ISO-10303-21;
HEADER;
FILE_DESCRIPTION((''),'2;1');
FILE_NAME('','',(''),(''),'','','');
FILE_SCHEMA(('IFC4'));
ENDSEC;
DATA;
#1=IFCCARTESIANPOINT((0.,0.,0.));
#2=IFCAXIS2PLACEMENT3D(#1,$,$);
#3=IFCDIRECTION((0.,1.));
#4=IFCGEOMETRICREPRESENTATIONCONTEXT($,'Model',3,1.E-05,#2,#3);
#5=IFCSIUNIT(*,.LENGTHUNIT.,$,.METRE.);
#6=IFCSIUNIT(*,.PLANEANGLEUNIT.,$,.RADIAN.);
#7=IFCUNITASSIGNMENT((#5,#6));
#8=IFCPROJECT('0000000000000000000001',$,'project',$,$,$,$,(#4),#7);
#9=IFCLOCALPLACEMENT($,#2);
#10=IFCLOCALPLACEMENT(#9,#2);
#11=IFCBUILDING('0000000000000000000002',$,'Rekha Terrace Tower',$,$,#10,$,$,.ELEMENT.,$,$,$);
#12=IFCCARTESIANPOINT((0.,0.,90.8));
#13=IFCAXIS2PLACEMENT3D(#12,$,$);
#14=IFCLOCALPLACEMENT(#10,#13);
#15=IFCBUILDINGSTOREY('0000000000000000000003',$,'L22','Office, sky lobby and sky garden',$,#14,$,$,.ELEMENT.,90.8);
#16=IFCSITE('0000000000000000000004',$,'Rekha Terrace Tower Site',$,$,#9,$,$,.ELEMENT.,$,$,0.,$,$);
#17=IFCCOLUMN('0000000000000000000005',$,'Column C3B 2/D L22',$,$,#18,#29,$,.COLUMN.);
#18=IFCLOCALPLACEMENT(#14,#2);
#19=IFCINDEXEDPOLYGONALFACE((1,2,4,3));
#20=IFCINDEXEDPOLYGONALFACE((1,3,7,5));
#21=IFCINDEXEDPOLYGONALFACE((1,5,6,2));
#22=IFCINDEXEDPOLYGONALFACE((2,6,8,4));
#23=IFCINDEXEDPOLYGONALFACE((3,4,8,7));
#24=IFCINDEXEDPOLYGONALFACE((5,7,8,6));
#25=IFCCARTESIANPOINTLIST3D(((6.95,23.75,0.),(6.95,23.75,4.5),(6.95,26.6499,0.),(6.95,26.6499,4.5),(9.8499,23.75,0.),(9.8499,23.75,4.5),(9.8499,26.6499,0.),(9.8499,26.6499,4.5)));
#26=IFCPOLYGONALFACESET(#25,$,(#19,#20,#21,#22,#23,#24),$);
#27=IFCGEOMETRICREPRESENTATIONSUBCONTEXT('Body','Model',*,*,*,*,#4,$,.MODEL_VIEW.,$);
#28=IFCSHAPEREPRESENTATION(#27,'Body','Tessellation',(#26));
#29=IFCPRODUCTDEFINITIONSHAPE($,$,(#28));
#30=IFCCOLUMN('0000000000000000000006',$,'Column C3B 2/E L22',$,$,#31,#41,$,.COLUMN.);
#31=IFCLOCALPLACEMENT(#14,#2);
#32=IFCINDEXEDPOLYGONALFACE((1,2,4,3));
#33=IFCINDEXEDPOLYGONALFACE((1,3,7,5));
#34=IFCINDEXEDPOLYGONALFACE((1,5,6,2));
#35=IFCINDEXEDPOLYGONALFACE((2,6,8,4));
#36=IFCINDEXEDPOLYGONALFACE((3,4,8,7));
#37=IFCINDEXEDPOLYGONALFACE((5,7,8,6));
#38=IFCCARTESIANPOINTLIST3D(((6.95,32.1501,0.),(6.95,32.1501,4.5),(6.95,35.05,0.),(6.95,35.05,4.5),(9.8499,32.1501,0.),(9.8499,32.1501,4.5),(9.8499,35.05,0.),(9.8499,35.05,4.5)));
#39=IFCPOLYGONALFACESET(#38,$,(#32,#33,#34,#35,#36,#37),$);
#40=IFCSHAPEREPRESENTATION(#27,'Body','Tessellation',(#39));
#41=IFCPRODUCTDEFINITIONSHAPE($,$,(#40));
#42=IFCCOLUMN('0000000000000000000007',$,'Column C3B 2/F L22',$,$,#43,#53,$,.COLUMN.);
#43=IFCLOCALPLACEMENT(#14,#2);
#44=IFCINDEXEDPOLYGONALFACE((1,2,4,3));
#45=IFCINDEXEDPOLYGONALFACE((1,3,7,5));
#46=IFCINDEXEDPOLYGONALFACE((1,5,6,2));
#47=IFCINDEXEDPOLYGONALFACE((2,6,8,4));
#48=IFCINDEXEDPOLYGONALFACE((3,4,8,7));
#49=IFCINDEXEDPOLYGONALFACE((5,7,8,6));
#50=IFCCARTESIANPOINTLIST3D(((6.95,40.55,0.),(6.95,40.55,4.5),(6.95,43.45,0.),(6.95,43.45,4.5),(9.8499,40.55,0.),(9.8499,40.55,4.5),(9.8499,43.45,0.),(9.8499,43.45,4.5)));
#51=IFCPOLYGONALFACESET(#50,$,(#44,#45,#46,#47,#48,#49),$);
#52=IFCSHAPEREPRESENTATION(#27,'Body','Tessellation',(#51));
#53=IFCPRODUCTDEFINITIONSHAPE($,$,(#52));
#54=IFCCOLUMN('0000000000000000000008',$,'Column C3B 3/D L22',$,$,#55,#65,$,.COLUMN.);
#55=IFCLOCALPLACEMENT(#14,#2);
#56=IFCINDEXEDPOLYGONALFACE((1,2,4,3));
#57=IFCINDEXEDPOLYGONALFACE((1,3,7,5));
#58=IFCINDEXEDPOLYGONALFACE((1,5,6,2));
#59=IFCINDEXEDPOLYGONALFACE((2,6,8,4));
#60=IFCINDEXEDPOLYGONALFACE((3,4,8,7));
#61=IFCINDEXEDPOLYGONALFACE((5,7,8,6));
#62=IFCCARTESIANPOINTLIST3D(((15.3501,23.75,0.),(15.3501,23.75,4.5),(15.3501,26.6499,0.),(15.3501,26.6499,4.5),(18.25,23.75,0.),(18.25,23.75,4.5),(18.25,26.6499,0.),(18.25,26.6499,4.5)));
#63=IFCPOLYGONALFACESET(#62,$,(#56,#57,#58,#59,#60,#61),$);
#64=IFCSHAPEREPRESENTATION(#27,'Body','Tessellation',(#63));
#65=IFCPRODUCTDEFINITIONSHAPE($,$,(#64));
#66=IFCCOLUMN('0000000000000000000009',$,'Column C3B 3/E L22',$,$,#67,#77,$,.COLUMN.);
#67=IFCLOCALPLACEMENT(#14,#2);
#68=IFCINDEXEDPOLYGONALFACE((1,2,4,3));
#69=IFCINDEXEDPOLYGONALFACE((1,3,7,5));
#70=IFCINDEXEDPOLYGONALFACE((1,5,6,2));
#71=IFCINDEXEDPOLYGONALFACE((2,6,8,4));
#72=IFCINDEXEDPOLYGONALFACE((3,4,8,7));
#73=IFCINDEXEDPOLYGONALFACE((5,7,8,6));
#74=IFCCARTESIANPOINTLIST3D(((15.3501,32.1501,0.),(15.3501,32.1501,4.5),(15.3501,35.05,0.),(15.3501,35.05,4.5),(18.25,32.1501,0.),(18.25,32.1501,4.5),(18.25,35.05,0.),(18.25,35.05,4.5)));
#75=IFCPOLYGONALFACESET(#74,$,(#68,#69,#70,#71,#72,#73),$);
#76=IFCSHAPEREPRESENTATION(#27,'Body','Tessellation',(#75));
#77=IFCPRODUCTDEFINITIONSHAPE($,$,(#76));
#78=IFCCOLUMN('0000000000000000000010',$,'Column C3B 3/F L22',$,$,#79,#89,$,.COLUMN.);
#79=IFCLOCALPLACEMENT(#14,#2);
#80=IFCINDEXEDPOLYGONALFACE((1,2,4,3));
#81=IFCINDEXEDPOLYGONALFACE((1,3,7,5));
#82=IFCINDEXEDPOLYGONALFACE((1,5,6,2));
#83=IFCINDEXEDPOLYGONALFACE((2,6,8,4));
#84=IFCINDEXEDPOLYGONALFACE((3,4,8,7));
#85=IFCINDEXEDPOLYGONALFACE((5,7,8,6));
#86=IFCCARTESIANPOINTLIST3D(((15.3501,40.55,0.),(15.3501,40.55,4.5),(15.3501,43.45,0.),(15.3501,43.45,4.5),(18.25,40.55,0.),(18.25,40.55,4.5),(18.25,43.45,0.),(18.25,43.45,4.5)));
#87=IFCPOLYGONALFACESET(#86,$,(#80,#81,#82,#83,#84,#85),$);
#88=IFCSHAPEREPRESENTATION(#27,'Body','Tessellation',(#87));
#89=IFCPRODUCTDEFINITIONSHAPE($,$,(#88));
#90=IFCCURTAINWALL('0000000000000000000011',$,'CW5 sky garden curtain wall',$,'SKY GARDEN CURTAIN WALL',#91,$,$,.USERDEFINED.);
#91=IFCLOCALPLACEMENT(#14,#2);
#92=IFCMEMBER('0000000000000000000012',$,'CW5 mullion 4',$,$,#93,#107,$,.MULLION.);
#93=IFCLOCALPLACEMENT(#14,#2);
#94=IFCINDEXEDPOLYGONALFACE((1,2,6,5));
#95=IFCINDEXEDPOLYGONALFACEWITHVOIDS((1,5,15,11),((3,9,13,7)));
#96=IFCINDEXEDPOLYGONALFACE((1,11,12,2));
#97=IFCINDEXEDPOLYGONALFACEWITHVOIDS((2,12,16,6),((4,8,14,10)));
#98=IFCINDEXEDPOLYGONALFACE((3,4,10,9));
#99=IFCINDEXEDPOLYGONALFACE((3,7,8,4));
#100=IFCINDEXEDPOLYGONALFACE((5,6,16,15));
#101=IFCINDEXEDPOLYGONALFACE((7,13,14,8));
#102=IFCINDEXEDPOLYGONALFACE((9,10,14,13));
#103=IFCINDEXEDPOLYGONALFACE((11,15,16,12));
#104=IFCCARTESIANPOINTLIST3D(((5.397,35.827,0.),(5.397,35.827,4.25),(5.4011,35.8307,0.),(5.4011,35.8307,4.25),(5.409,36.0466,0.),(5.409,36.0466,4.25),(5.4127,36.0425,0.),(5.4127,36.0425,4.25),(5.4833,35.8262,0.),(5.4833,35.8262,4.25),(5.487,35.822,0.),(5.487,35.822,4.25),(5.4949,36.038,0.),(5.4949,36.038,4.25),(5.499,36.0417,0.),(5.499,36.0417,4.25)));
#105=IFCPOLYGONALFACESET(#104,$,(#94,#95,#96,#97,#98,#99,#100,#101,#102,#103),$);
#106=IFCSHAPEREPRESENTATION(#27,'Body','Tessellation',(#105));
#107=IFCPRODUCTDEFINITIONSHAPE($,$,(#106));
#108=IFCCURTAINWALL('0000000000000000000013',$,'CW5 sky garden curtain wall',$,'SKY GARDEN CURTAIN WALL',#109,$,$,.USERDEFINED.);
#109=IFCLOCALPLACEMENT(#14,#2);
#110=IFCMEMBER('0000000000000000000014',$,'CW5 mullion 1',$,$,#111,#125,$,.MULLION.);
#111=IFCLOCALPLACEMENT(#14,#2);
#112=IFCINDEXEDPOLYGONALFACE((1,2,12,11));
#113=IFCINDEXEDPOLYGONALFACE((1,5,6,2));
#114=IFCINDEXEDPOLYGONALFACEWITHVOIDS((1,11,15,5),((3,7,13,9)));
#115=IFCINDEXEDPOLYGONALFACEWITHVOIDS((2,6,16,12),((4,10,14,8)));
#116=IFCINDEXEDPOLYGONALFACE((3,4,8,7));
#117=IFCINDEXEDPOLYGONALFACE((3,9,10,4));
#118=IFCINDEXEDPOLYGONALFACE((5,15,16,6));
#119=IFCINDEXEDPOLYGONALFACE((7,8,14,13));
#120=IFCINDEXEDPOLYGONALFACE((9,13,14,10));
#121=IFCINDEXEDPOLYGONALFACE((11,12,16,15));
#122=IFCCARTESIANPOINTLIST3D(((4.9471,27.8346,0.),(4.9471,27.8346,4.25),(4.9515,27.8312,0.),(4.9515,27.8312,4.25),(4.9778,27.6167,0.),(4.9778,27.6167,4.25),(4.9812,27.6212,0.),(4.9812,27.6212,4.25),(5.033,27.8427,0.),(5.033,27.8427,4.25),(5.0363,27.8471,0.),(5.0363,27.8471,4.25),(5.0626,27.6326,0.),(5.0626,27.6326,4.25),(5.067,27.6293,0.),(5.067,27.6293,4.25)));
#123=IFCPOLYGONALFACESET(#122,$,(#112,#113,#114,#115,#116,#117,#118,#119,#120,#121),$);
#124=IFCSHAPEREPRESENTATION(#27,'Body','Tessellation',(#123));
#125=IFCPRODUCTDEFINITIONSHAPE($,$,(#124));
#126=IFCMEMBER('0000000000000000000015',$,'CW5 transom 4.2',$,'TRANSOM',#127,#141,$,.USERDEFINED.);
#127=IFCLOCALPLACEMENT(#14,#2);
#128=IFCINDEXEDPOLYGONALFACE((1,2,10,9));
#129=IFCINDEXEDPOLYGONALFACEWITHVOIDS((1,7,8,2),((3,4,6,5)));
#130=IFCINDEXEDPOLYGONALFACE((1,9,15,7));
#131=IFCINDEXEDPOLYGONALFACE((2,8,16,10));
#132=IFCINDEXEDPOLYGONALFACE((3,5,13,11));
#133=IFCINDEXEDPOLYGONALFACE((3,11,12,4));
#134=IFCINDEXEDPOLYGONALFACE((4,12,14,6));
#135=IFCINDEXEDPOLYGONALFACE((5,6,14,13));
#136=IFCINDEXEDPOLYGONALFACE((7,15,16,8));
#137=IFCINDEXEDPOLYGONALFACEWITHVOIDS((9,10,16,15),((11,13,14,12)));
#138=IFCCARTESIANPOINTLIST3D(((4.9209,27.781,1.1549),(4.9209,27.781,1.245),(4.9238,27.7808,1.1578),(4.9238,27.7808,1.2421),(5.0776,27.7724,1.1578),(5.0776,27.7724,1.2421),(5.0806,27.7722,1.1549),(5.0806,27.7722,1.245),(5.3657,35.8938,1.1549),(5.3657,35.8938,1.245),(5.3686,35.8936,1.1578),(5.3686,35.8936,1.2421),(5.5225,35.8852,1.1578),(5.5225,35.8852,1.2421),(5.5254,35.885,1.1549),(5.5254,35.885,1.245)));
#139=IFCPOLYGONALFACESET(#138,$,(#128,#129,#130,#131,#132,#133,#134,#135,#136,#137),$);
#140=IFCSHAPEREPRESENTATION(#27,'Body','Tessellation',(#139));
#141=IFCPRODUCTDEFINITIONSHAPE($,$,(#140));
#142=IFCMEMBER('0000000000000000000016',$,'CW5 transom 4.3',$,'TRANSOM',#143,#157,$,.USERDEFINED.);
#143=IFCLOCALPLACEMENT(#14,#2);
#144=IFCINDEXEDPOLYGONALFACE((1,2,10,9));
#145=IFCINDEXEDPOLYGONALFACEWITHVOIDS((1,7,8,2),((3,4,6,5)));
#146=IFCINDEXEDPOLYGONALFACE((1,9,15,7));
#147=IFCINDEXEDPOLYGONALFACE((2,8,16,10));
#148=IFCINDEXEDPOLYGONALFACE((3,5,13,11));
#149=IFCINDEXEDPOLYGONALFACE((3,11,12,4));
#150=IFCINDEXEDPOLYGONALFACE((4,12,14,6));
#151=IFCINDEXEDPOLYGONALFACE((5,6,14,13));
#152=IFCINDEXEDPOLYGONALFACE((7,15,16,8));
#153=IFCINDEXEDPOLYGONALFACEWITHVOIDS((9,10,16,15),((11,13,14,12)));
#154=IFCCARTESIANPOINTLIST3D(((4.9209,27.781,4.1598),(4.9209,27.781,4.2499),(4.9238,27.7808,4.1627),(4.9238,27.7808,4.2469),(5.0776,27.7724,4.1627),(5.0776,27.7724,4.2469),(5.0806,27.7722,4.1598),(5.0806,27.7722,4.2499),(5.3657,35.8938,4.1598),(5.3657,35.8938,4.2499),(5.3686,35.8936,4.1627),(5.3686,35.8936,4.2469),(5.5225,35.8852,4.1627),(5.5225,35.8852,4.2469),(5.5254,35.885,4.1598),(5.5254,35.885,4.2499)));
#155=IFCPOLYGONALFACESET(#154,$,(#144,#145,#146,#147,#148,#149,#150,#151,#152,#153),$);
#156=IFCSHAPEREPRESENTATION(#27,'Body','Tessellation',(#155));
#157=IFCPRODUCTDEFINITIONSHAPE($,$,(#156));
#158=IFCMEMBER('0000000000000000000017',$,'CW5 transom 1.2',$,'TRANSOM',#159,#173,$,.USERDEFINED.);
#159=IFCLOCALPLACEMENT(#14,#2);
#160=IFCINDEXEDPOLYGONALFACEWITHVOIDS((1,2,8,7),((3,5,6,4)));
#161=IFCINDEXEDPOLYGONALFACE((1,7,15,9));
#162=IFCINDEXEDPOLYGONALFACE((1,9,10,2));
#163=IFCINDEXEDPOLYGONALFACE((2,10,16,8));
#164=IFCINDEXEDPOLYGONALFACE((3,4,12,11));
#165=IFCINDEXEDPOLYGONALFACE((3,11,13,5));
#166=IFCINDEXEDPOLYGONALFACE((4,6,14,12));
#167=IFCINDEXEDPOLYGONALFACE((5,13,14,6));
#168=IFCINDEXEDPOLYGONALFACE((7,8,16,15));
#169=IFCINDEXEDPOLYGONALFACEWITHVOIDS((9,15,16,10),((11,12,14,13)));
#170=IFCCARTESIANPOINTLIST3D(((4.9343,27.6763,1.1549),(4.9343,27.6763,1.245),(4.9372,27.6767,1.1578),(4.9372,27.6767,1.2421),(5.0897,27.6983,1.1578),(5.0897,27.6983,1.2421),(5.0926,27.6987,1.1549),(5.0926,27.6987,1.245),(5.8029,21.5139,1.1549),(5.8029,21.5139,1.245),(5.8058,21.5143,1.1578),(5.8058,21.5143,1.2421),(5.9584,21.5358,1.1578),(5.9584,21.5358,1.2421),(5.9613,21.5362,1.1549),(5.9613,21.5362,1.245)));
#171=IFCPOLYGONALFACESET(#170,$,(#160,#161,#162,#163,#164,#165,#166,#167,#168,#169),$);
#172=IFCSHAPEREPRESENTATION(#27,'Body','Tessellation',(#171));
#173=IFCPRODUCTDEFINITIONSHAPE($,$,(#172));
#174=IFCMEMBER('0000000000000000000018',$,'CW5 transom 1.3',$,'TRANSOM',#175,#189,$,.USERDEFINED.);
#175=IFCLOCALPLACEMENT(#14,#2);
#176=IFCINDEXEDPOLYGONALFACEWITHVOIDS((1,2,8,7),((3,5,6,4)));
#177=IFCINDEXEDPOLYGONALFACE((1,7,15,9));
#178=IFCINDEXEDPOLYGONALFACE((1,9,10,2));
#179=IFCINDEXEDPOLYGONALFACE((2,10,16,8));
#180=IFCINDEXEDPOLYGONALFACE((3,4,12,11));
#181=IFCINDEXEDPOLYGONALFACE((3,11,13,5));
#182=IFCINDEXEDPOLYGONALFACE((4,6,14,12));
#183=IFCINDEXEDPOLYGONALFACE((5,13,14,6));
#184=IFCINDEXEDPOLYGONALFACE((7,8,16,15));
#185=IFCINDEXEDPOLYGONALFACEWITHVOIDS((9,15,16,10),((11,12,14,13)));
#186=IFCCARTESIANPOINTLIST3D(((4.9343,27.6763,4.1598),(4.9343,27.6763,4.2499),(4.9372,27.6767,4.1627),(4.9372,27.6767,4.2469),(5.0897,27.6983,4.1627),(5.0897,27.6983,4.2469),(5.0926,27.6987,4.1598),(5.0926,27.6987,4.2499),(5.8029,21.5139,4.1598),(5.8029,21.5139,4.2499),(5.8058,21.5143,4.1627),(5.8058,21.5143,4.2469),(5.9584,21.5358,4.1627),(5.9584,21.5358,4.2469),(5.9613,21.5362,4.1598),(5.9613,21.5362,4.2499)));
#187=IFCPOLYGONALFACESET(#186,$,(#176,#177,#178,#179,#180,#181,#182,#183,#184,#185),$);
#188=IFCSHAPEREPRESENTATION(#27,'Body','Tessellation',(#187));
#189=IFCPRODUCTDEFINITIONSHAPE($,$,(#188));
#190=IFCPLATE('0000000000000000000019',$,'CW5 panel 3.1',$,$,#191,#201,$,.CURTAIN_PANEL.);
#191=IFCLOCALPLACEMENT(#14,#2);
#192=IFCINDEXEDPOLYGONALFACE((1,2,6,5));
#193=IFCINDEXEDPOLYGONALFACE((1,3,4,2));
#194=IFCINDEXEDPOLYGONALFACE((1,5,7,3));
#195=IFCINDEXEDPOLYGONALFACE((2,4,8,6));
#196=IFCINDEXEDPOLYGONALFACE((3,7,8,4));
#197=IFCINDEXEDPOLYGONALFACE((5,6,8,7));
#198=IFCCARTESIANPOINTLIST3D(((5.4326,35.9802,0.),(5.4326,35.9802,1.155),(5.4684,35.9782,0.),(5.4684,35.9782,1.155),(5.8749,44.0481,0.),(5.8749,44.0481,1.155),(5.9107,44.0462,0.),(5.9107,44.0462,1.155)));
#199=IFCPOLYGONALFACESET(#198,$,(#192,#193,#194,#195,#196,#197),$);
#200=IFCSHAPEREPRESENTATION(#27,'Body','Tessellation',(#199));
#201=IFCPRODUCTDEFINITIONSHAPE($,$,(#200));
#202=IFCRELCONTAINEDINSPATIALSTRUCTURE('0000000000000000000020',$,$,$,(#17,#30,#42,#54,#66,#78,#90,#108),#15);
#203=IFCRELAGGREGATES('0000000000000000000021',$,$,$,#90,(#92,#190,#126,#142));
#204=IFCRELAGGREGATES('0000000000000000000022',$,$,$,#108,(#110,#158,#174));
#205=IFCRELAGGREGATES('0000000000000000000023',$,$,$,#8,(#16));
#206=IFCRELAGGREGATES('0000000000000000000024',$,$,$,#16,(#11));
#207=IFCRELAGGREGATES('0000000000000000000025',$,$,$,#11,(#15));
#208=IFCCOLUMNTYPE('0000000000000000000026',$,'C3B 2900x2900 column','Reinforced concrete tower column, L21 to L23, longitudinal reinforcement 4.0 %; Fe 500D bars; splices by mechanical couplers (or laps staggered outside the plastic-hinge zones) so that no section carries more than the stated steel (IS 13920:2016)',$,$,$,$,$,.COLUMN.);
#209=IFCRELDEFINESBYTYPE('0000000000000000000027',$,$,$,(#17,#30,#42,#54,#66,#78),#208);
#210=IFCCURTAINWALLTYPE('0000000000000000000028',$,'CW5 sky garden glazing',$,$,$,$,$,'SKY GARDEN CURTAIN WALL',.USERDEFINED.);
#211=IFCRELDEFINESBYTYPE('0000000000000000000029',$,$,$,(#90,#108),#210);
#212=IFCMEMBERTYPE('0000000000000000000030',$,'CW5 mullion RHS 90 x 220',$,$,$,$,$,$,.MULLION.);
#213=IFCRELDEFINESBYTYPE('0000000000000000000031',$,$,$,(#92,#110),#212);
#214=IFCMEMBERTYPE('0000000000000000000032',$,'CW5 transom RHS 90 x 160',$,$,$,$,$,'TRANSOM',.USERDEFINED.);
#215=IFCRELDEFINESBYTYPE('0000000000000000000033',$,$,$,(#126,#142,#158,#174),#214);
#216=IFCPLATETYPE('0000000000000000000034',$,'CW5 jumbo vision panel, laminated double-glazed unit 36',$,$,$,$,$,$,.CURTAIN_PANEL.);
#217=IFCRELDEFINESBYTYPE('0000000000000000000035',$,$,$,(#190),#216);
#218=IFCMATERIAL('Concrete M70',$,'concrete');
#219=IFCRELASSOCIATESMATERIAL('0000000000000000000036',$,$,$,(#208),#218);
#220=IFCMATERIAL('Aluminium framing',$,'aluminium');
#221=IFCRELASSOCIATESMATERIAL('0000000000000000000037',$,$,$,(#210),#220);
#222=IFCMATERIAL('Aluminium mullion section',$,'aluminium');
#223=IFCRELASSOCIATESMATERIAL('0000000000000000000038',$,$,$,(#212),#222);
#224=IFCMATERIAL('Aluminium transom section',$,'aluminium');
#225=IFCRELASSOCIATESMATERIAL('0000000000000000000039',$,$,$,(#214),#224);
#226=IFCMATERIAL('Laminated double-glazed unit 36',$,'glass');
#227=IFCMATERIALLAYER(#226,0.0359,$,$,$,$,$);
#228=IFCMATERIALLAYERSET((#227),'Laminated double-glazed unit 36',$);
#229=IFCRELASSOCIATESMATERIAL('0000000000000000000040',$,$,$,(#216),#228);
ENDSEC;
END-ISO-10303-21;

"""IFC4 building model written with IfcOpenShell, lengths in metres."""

from ifc_helpers import new_model, si_unit, direction, frame, origin, origin_2d, place, context, subcontext, project, spatial, rectangle, hollow_rectangle, extrude, material, layer, layer_set, material_profile, profile_set, type_object, element, aggregate, save


model = new_model("IFC4")

# Units and contexts
model_context = context("Model", 3, precision=1e-05, world=origin(), true_north=direction((0.0, 1.0)))
body_context = subcontext(model_context, "Body", "Model", "MODEL_VIEW")
ifc_project = project(units=[si_unit("LENGTHUNIT", "METRE"), si_unit("PLANEANGLEUNIT", "RADIAN")], contexts=[model_context])

# Site, building, storey
site_placement = place(None, origin())
site = spatial("IfcSite", under=ifc_project, at=site_placement, Name="Rekha Terrace Tower Site", CompositionType="ELEMENT", RefElevation=0.0)
building_placement = place(site_placement, origin())
building = spatial("IfcBuilding", under=site, at=building_placement, Name="Rekha Terrace Tower", CompositionType="ELEMENT")
storey_placement = place(building_placement, frame((0.0, 0.0, 90.8)))
storey = spatial("IfcBuildingStorey", under=building, at=storey_placement, Name="L22", Description="Office, sky lobby and sky garden", CompositionType="ELEMENT", Elevation=90.8)

# Columns
ifc_material_1 = material(Name="Concrete M70", Category="concrete")
ifc_material_profile_1 = material_profile(ifc_material_1, rectangle(XDim=2.8999, YDim=2.8999, at=origin_2d()), Name="RC 2900x2900")
ifc_profile_set_1 = profile_set([ifc_material_profile_1], Name="Concrete M70")
column_type = type_object("IfcColumnType", Name="C3B 2900x2900 column", Description="Reinforced concrete tower column, L21 to L23, longitudinal reinforcement 4.0 %; Fe 500D bars; splices by mechanical couplers (or laps staggered outside the plastic-hinge zones) so that no section carries more than the stated steel (IS 13920:2016)", PredefinedType="COLUMN", material=ifc_profile_set_1)
for number, where, z_axis, x_axis, name in (
    (1, (8.3999, 25.2, 0.0), (0.0, 0.0, 1.0), (1.0, 0.0, 0.0), "Column C3B 2/D L22"),
    (2, (8.3999, 33.6001, 0.0), (0.0, 0.0, 1.0), (1.0, 0.0, 0.0), "Column C3B 2/E L22"),
    (3, (8.3999, 42.0, 0.0), (0.0, 0.0, 1.0), (1.0, 0.0, 0.0), "Column C3B 2/F L22"),
    (4, (16.8, 25.2, 0.0), (0.0, 0.0, 1.0), (1.0, 0.0, 0.0), "Column C3B 3/D L22"),
    (5, (16.8, 33.6001, 0.0), (0.0, 0.0, 1.0), (1.0, 0.0, 0.0), "Column C3B 3/E L22"),
    (6, (16.8, 42.0, 0.0), (0.0, 0.0, 1.0), (1.0, 0.0, 0.0), "Column C3B 3/F L22"),
):
    element("IfcColumn", number, at=place(storey_placement, frame(where, z_axis=z_axis, x_axis=x_axis)), inside=storey, type_object=column_type, Name=name, PredefinedType="COLUMN", context=body_context, shape_type="SweptSolid", body=[
        extrude(rectangle(XDim=2.8999, YDim=2.8999, at=origin_2d()), origin(), (0.0, 0.0, 1.0), 4.5),
    ])

# Curtain walls, members
ifc_material_2 = material(Name="Aluminium framing", Category="aluminium")
curtain_wall_type = type_object("IfcCurtainWallType", Name="CW5 sky garden glazing", ElementType="SKY GARDEN CURTAIN WALL", PredefinedType="USERDEFINED", material=ifc_material_2)
curtain_wall_1_placement = place(storey_placement, origin())
curtain_wall_1 = element("IfcCurtainWall", 7, at=curtain_wall_1_placement, inside=storey, type_object=curtain_wall_type, Name="CW5 sky garden curtain wall", ObjectType="SKY GARDEN CURTAIN WALL", PredefinedType="USERDEFINED")
ifc_material_3 = material(Name="Aluminium mullion section", Category="aluminium")
ifc_material_profile_2 = material_profile(ifc_material_3, hollow_rectangle(XDim=0.0901, YDim=0.22, WallThickness=0.0039, at=origin_2d()), Name="AL RHS 90x220")
ifc_profile_set_2 = profile_set([ifc_material_profile_2], Name="Aluminium mullion section")
member_type_1 = type_object("IfcMemberType", Name="CW5 mullion RHS 90 x 220", PredefinedType="MULLION", material=ifc_profile_set_2)
member_1_placement = place(storey_placement, frame((5.448, 35.9343, 0.0), z_axis=(0.0, 0.0, 1.0), x_axis=(0.998501, -0.054742, 0.0)))
member_1 = element("IfcMember", 8, at=member_1_placement, type_object=member_type_1, Name="CW5 mullion 4", PredefinedType="MULLION", context=body_context, shape_type="SweptSolid", body=[
    extrude(hollow_rectangle(XDim=0.0901, YDim=0.22, WallThickness=0.0039, at=origin_2d()), origin(), (0.0, 0.0, 1.0), 4.25),
])
curtain_wall_2_placement = place(storey_placement, origin())
curtain_wall_2 = element("IfcCurtainWall", 9, at=curtain_wall_2_placement, inside=storey, type_object=curtain_wall_type, Name="CW5 sky garden curtain wall", ObjectType="SKY GARDEN CURTAIN WALL", PredefinedType="USERDEFINED")
member_2_placement = place(storey_placement, frame((5.0071, 27.7319, 0.0), z_axis=(0.0, 0.0, 1.0), x_axis=(0.990208, 0.139597, 0.0)))
member_2 = element("IfcMember", 10, at=member_2_placement, type_object=member_type_1, Name="CW5 mullion 1", PredefinedType="MULLION", context=body_context, shape_type="SweptSolid", body=[
    extrude(hollow_rectangle(XDim=0.0901, YDim=0.22, WallThickness=0.0039, at=origin_2d()), origin(), (0.0, 0.0, 1.0), 4.25),
])

# Members
ifc_material_4 = material(Name="Aluminium transom section", Category="aluminium")
ifc_material_profile_3 = material_profile(ifc_material_4, hollow_rectangle(XDim=0.1599, YDim=0.0901, WallThickness=0.0029, at=origin_2d()), Name="AL RHS 160x90")
ifc_profile_set_3 = profile_set([ifc_material_profile_3], Name="Aluminium transom section")
member_type_2 = type_object("IfcMemberType", Name="CW5 transom RHS 90 x 160", ElementType="TRANSOM", PredefinedType="USERDEFINED", material=ifc_profile_set_3)
member_3_placement = place(storey_placement, frame((5.4456, 35.8894, 1.2), z_axis=(-0.054748, -0.9985, 0.0), x_axis=(0.9985, -0.054748, 0.0)))
member_3 = element("IfcMember", 11, at=member_3_placement, type_object=member_type_2, Name="CW5 transom 4.2", ObjectType="TRANSOM", PredefinedType="USERDEFINED", context=body_context, shape_type="SweptSolid", body=[
    extrude(hollow_rectangle(XDim=0.1599, YDim=0.0901, WallThickness=0.0029, at=origin_2d()), origin(), (0.0, 0.0, 1.0), 8.125),
])
member_4_placement = place(storey_placement, frame((5.4456, 35.8894, 4.2048), z_axis=(-0.054748, -0.9985, 0.0), x_axis=(0.9985, -0.054748, 0.0)))
member_4 = element("IfcMember", 12, at=member_4_placement, type_object=member_type_2, Name="CW5 transom 4.3", ObjectType="TRANSOM", PredefinedType="USERDEFINED", context=body_context, shape_type="SweptSolid", body=[
    extrude(hollow_rectangle(XDim=0.1599, YDim=0.0901, WallThickness=0.0029, at=origin_2d()), origin(), (0.0, 0.0, 1.0), 8.125),
])
member_5_placement = place(storey_placement, frame((5.0134, 27.6875, 1.2), z_axis=(0.139581, -0.990211, 0.0), x_axis=(0.990211, 0.139581, 0.0)))
member_5 = element("IfcMember", 13, at=member_5_placement, type_object=member_type_2, Name="CW5 transom 1.2", ObjectType="TRANSOM", PredefinedType="USERDEFINED", context=body_context, shape_type="SweptSolid", body=[
    extrude(hollow_rectangle(XDim=0.1599, YDim=0.0901, WallThickness=0.0029, at=origin_2d()), origin(), (0.0, 0.0, 1.0), 6.2234),
])
member_6_placement = place(storey_placement, frame((5.0134, 27.6875, 4.2048), z_axis=(0.139581, -0.990211, 0.0), x_axis=(0.990211, 0.139581, 0.0)))
member_6 = element("IfcMember", 14, at=member_6_placement, type_object=member_type_2, Name="CW5 transom 1.3", ObjectType="TRANSOM", PredefinedType="USERDEFINED", context=body_context, shape_type="SweptSolid", body=[
    extrude(hollow_rectangle(XDim=0.1599, YDim=0.0901, WallThickness=0.0029, at=origin_2d()), origin(), (0.0, 0.0, 1.0), 6.2234),
])

# Plate
ifc_material_5 = material(Name="Laminated double-glazed unit 36", Category="glass")
ifc_layer_1 = layer(ifc_material_5, 0.0359)
ifc_layer_set_1 = layer_set([ifc_layer_1], Name="Laminated double-glazed unit 36")
plate_type = type_object("IfcPlateType", Name="CW5 jumbo vision panel, laminated double-glazed unit 36", PredefinedType="CURTAIN_PANEL", material=ifc_layer_set_1)
plate_1_placement = place(storey_placement, frame((5.6716, 40.0132, 0.0), z_axis=(0.0, 0.0, 1.0), x_axis=(-0.054742, -0.998501, 0.0)))
plate_1 = element("IfcPlate", 15, at=plate_1_placement, type_object=plate_type, Name="CW5 panel 3.1", PredefinedType="CURTAIN_PANEL", context=body_context, shape_type="SweptSolid", body=[
    extrude(rectangle(XDim=8.0801, YDim=0.0359, at=origin_2d()), origin(), (0.0, 0.0, 1.0), 1.155),
])
aggregate(curtain_wall_1, [member_1, plate_1, member_3, member_4])
aggregate(curtain_wall_2, [member_2, member_5, member_6])

save(model, "model.ifc")
